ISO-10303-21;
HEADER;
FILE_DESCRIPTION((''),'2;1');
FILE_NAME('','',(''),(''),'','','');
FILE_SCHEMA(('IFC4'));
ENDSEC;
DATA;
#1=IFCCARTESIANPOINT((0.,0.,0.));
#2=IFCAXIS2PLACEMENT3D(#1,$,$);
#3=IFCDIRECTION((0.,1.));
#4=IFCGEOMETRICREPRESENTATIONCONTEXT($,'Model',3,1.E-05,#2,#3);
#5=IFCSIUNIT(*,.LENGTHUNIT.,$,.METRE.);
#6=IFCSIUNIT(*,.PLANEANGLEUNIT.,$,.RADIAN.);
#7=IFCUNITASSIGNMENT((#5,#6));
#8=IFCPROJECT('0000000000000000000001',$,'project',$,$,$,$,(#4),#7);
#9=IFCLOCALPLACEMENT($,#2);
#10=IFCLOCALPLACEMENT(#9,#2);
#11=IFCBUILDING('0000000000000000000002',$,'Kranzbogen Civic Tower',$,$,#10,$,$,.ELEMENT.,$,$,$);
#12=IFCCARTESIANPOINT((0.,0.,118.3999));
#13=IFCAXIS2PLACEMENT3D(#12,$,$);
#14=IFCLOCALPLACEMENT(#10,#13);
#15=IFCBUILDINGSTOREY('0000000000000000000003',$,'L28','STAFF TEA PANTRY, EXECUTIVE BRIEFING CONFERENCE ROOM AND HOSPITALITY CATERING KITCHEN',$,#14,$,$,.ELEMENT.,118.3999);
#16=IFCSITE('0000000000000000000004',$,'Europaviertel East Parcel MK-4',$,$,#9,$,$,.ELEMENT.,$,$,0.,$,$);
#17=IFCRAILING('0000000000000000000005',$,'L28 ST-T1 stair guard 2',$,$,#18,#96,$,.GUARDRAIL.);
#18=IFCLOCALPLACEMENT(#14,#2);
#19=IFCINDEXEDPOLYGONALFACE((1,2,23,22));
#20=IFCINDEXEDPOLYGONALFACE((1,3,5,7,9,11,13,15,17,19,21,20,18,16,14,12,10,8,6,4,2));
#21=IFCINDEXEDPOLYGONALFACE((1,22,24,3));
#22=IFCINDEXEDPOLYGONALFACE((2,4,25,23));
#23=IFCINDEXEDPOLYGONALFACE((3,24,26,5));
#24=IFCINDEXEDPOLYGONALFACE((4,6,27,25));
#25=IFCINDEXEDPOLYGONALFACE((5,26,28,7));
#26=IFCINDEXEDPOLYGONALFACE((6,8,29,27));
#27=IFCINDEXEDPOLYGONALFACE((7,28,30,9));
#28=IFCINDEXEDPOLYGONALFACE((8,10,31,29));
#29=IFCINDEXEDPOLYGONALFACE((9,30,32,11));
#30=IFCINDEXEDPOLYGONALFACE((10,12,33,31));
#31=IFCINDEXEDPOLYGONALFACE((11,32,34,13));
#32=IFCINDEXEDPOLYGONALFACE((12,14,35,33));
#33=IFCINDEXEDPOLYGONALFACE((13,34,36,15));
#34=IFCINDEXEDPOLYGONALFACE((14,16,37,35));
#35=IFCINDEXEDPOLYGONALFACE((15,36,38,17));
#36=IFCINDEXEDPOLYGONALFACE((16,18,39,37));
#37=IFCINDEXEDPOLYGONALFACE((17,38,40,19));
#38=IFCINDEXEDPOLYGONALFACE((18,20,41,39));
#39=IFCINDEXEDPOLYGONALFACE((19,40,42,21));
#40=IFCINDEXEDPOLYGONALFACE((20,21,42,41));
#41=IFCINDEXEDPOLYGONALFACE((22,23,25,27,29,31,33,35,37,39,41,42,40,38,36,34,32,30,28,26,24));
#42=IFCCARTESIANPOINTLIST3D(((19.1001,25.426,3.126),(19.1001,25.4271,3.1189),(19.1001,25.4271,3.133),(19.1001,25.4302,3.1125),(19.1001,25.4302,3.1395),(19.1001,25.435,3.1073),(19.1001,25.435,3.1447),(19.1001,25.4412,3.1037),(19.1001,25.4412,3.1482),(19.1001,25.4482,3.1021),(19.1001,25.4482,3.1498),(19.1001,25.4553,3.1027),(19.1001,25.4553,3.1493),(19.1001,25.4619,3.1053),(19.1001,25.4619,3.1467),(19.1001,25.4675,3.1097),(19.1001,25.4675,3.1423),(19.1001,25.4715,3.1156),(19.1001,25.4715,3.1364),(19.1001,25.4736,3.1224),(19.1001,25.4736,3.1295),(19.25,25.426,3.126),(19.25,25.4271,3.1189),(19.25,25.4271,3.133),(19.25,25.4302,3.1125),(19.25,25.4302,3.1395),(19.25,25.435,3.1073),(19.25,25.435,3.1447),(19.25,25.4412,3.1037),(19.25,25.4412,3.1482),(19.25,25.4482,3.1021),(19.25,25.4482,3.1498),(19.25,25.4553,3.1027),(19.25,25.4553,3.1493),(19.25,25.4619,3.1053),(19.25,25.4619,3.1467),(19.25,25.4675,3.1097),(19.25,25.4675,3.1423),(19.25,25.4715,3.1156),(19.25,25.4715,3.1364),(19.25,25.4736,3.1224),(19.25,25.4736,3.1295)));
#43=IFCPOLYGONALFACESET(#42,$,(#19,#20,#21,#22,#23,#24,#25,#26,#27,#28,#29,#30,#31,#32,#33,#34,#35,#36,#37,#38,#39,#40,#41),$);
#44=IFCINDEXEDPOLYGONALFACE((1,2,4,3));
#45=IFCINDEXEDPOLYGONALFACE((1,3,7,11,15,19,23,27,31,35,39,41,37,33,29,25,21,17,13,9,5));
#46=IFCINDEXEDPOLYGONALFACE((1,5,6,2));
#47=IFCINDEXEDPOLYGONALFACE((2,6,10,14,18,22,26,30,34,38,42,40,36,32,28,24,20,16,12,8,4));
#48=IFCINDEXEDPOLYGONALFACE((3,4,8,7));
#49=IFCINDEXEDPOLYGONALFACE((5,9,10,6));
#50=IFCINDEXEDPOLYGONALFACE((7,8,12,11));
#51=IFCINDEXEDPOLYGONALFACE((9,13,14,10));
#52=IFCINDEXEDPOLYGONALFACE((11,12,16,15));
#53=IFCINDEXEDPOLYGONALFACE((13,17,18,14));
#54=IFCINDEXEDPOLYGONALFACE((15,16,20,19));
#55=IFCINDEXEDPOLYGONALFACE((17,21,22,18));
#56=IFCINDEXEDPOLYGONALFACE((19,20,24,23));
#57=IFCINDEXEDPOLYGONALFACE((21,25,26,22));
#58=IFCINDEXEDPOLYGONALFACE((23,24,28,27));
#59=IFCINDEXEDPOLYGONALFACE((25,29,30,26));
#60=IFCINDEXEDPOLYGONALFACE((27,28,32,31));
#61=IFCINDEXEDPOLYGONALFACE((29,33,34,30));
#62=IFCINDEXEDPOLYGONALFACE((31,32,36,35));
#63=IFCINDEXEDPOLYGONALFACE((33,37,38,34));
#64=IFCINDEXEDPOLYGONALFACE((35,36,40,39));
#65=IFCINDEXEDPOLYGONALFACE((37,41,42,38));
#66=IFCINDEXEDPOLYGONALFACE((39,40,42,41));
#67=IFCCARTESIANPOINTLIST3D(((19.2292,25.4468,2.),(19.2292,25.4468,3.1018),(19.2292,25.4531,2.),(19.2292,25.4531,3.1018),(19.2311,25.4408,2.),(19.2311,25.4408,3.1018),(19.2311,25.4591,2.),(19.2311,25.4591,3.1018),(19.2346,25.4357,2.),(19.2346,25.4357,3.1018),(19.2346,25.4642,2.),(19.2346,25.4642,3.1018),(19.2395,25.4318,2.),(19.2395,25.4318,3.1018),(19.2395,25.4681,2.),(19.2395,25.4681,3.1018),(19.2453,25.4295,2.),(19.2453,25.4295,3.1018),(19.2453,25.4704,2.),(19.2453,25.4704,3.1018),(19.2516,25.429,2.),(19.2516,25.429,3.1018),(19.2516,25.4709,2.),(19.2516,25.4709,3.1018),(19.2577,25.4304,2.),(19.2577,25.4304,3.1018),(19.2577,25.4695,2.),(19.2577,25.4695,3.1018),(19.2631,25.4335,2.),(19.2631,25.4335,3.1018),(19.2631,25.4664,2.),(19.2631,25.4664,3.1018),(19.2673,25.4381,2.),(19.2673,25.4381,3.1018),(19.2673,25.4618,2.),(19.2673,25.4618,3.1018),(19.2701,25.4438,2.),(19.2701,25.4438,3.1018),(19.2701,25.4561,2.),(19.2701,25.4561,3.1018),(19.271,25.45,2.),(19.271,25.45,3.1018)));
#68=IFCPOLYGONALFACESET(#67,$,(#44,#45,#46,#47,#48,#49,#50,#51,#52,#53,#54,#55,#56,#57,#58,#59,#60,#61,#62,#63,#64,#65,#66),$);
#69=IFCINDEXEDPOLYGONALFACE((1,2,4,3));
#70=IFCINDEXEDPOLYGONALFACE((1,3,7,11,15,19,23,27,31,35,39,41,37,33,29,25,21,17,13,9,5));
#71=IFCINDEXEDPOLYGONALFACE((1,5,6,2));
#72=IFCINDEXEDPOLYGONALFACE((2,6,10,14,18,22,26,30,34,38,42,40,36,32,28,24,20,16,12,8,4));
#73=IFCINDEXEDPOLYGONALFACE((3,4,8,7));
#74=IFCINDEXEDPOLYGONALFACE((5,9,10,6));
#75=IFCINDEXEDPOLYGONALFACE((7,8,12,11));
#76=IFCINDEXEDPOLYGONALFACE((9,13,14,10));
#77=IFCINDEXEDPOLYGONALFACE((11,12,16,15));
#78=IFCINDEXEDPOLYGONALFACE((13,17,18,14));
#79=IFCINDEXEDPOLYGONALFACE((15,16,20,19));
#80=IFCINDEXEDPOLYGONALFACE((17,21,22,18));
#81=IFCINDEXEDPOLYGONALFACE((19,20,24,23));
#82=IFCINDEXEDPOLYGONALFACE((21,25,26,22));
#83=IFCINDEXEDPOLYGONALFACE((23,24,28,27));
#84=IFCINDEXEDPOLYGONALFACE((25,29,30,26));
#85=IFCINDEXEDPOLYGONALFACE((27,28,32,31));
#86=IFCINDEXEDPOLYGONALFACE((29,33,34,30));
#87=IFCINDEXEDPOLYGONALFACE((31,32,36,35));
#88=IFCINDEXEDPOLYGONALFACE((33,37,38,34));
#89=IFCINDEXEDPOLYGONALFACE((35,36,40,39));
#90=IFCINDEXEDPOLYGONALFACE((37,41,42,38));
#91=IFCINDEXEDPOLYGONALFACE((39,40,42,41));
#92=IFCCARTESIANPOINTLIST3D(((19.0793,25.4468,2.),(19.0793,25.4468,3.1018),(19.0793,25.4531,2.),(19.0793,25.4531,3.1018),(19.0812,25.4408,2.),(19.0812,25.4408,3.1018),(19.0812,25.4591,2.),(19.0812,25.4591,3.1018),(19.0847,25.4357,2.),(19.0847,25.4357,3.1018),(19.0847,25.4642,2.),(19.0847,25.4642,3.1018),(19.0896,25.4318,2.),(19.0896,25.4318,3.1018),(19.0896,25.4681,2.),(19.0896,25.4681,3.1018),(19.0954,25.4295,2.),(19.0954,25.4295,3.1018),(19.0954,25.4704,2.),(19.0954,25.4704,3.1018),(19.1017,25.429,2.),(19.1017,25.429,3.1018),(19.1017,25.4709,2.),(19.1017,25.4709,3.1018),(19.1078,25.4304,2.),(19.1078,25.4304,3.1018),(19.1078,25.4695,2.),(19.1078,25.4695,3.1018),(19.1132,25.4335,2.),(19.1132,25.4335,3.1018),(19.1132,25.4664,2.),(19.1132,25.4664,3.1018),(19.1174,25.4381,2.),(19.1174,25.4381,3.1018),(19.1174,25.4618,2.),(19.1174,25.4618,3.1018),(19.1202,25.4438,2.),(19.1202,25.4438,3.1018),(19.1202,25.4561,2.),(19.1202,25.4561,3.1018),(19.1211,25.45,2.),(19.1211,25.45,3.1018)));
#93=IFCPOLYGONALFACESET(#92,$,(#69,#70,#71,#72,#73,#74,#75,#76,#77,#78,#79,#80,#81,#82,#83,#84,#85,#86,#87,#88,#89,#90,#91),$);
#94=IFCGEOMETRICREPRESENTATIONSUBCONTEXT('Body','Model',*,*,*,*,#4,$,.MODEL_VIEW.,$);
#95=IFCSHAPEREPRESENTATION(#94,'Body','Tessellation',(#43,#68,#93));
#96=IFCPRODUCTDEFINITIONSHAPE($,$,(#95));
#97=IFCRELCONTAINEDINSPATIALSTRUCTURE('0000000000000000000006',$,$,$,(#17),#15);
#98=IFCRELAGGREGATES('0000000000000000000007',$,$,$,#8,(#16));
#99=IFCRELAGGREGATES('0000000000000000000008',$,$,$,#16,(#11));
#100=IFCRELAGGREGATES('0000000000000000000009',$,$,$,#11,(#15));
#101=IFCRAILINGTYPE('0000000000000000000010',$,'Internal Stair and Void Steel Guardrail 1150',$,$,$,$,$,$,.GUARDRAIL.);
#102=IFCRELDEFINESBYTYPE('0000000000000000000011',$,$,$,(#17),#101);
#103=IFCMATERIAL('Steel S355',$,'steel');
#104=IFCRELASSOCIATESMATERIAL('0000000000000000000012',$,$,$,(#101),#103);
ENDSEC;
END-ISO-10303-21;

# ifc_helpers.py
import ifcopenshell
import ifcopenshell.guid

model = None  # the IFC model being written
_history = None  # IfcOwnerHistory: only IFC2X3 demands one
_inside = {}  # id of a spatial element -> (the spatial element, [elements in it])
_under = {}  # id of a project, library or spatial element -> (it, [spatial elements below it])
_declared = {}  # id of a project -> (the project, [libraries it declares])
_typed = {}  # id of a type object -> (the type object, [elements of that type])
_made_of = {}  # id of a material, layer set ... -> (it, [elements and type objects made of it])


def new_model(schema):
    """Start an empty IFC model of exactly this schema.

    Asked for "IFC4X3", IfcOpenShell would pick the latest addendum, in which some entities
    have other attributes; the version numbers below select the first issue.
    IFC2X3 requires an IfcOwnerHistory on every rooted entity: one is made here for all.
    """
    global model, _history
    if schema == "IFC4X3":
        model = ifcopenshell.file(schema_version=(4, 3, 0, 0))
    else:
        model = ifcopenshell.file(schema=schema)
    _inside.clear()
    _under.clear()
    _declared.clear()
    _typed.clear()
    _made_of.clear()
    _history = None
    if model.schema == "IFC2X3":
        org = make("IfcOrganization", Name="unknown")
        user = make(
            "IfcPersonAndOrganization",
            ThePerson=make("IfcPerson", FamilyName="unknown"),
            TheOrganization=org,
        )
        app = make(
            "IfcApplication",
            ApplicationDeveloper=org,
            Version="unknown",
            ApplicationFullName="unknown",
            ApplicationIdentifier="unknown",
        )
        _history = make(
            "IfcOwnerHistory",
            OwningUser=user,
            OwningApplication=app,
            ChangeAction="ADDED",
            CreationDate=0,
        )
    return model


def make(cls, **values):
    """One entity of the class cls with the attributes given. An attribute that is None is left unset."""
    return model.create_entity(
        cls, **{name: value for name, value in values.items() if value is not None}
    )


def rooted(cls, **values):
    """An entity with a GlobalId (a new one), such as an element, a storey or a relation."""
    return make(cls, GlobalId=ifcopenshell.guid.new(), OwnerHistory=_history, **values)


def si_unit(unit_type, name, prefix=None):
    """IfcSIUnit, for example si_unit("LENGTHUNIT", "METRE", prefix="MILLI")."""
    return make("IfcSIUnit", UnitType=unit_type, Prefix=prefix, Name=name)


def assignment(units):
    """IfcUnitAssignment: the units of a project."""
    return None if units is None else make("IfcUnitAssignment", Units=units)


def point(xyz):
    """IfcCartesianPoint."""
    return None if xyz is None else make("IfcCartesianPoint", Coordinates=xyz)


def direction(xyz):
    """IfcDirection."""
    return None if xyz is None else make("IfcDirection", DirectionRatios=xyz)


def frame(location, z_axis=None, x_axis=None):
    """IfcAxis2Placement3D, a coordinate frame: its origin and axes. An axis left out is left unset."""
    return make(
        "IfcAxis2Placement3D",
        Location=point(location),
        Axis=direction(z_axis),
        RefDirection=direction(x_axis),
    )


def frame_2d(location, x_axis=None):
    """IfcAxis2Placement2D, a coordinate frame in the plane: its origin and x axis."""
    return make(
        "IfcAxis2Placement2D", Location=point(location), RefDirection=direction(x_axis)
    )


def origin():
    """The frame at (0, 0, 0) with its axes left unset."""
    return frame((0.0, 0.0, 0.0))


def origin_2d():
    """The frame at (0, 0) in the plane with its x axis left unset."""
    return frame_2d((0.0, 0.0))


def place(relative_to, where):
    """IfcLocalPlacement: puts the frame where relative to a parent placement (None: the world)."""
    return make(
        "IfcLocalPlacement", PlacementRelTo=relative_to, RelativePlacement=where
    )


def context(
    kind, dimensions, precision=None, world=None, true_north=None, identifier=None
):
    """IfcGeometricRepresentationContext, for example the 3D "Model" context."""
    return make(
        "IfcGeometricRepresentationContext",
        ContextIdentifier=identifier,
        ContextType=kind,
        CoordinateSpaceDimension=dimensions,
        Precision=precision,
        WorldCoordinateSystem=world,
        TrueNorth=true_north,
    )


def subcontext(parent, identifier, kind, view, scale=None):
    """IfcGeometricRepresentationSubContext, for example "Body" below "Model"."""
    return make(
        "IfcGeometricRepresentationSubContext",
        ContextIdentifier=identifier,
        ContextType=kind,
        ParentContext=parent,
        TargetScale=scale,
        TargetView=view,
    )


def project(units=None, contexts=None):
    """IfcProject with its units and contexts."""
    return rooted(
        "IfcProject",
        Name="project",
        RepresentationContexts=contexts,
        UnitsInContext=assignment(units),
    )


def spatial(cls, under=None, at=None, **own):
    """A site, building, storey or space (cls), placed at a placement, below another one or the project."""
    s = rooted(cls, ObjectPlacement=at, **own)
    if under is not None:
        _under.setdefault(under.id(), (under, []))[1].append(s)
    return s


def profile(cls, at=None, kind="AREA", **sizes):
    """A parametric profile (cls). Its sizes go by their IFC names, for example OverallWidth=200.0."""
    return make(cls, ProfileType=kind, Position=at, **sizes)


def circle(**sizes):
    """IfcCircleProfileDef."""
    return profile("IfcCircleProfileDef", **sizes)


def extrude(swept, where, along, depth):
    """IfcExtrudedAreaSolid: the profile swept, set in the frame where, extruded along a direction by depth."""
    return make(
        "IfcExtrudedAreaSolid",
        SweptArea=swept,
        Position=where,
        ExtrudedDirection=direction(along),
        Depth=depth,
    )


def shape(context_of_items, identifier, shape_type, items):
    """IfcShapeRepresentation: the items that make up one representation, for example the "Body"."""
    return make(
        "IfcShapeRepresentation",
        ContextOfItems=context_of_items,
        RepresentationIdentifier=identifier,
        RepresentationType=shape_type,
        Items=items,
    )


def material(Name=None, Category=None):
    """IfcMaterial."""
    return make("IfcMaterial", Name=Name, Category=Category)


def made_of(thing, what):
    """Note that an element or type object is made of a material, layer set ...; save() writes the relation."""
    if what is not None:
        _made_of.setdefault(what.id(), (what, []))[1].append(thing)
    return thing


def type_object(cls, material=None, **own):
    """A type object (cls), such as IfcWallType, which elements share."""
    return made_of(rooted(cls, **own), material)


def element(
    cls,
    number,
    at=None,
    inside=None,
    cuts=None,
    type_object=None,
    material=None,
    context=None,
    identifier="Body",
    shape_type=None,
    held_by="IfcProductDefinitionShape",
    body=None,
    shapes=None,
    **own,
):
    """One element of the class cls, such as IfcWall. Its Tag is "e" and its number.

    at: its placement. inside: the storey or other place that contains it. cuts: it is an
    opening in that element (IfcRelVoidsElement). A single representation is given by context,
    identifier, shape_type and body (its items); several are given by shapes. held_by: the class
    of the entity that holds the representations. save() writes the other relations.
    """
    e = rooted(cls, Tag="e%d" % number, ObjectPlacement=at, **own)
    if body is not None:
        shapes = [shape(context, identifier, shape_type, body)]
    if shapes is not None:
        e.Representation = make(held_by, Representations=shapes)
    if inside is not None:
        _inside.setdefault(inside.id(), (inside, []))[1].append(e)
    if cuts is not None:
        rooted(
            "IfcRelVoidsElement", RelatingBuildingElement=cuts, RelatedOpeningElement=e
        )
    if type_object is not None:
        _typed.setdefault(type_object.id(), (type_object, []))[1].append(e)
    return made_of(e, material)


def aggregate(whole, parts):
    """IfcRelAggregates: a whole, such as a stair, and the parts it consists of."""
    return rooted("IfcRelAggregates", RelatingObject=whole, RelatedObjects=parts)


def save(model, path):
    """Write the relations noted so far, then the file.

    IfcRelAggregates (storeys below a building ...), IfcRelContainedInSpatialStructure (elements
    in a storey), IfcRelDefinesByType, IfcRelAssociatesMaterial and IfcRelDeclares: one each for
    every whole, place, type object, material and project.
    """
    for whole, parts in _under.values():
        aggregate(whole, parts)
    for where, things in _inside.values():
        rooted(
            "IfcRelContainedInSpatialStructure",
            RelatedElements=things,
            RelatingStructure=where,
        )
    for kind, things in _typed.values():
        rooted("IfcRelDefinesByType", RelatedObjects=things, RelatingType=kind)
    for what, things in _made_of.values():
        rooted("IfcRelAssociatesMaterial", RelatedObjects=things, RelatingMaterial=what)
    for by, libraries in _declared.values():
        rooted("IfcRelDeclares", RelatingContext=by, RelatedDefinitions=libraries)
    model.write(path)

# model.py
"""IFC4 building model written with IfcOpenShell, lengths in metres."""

from ifc_helpers import new_model, si_unit, direction, frame, origin, origin_2d, place, context, subcontext, project, spatial, circle, extrude, material, type_object, element, save


model = new_model("IFC4")

# Units and contexts
model_context = context("Model", 3, precision=1e-05, world=origin(), true_north=direction((0.0, 1.0)))
body_context = subcontext(model_context, "Body", "Model", "MODEL_VIEW")
ifc_project = project(units=[si_unit("LENGTHUNIT", "METRE"), si_unit("PLANEANGLEUNIT", "RADIAN")], contexts=[model_context])

# Site, building, storey
site_placement = place(None, origin())
site = spatial("IfcSite", under=ifc_project, at=site_placement, Name="Europaviertel East Parcel MK-4", CompositionType="ELEMENT", RefElevation=0.0)
building_placement = place(site_placement, origin())
building = spatial("IfcBuilding", under=site, at=building_placement, Name="Kranzbogen Civic Tower", CompositionType="ELEMENT")
storey_placement = place(building_placement, frame((0.0, 0.0, 118.3999)))
storey = spatial("IfcBuildingStorey", under=building, at=storey_placement, Name="L28", Description="STAFF TEA PANTRY, EXECUTIVE BRIEFING CONFERENCE ROOM AND HOSPITALITY CATERING KITCHEN", CompositionType="ELEMENT", Elevation=118.3999)

# Shared definitions
ifc_material_1 = material(Name="Steel S355", Category="steel")

# Railing
railing_type_1 = type_object("IfcRailingType", Name="Internal Stair and Void Steel Guardrail 1150", PredefinedType="GUARDRAIL", material=ifc_material_1)
railing_1_placement = place(storey_placement, frame((19.25, 25.45, 2.0)))
element("IfcRailing", 1, at=railing_1_placement, inside=storey, type_object=railing_type_1, Name="L28 ST-T1 stair guard 2", PredefinedType="GUARDRAIL", context=body_context, shape_type="SweptSolid", body=[
    extrude(circle(Radius=0.0239, at=origin_2d()), frame((0.0, 0.0, 1.126), z_axis=(-1.0, 0.0, 0.0), x_axis=(0.0, -1.0, 0.0)), (0.0, 0.0, 1.0), 0.1499),
    extrude(circle(Radius=0.021, at=origin_2d()), origin(), (0.0, 0.0, 1.0), 1.1018),
    extrude(circle(Radius=0.021, at=origin_2d()), frame((-0.1499, 0.0, 0.0)), (0.0, 0.0, 1.0), 1.1018),
])

save(model, "model.ifc")
